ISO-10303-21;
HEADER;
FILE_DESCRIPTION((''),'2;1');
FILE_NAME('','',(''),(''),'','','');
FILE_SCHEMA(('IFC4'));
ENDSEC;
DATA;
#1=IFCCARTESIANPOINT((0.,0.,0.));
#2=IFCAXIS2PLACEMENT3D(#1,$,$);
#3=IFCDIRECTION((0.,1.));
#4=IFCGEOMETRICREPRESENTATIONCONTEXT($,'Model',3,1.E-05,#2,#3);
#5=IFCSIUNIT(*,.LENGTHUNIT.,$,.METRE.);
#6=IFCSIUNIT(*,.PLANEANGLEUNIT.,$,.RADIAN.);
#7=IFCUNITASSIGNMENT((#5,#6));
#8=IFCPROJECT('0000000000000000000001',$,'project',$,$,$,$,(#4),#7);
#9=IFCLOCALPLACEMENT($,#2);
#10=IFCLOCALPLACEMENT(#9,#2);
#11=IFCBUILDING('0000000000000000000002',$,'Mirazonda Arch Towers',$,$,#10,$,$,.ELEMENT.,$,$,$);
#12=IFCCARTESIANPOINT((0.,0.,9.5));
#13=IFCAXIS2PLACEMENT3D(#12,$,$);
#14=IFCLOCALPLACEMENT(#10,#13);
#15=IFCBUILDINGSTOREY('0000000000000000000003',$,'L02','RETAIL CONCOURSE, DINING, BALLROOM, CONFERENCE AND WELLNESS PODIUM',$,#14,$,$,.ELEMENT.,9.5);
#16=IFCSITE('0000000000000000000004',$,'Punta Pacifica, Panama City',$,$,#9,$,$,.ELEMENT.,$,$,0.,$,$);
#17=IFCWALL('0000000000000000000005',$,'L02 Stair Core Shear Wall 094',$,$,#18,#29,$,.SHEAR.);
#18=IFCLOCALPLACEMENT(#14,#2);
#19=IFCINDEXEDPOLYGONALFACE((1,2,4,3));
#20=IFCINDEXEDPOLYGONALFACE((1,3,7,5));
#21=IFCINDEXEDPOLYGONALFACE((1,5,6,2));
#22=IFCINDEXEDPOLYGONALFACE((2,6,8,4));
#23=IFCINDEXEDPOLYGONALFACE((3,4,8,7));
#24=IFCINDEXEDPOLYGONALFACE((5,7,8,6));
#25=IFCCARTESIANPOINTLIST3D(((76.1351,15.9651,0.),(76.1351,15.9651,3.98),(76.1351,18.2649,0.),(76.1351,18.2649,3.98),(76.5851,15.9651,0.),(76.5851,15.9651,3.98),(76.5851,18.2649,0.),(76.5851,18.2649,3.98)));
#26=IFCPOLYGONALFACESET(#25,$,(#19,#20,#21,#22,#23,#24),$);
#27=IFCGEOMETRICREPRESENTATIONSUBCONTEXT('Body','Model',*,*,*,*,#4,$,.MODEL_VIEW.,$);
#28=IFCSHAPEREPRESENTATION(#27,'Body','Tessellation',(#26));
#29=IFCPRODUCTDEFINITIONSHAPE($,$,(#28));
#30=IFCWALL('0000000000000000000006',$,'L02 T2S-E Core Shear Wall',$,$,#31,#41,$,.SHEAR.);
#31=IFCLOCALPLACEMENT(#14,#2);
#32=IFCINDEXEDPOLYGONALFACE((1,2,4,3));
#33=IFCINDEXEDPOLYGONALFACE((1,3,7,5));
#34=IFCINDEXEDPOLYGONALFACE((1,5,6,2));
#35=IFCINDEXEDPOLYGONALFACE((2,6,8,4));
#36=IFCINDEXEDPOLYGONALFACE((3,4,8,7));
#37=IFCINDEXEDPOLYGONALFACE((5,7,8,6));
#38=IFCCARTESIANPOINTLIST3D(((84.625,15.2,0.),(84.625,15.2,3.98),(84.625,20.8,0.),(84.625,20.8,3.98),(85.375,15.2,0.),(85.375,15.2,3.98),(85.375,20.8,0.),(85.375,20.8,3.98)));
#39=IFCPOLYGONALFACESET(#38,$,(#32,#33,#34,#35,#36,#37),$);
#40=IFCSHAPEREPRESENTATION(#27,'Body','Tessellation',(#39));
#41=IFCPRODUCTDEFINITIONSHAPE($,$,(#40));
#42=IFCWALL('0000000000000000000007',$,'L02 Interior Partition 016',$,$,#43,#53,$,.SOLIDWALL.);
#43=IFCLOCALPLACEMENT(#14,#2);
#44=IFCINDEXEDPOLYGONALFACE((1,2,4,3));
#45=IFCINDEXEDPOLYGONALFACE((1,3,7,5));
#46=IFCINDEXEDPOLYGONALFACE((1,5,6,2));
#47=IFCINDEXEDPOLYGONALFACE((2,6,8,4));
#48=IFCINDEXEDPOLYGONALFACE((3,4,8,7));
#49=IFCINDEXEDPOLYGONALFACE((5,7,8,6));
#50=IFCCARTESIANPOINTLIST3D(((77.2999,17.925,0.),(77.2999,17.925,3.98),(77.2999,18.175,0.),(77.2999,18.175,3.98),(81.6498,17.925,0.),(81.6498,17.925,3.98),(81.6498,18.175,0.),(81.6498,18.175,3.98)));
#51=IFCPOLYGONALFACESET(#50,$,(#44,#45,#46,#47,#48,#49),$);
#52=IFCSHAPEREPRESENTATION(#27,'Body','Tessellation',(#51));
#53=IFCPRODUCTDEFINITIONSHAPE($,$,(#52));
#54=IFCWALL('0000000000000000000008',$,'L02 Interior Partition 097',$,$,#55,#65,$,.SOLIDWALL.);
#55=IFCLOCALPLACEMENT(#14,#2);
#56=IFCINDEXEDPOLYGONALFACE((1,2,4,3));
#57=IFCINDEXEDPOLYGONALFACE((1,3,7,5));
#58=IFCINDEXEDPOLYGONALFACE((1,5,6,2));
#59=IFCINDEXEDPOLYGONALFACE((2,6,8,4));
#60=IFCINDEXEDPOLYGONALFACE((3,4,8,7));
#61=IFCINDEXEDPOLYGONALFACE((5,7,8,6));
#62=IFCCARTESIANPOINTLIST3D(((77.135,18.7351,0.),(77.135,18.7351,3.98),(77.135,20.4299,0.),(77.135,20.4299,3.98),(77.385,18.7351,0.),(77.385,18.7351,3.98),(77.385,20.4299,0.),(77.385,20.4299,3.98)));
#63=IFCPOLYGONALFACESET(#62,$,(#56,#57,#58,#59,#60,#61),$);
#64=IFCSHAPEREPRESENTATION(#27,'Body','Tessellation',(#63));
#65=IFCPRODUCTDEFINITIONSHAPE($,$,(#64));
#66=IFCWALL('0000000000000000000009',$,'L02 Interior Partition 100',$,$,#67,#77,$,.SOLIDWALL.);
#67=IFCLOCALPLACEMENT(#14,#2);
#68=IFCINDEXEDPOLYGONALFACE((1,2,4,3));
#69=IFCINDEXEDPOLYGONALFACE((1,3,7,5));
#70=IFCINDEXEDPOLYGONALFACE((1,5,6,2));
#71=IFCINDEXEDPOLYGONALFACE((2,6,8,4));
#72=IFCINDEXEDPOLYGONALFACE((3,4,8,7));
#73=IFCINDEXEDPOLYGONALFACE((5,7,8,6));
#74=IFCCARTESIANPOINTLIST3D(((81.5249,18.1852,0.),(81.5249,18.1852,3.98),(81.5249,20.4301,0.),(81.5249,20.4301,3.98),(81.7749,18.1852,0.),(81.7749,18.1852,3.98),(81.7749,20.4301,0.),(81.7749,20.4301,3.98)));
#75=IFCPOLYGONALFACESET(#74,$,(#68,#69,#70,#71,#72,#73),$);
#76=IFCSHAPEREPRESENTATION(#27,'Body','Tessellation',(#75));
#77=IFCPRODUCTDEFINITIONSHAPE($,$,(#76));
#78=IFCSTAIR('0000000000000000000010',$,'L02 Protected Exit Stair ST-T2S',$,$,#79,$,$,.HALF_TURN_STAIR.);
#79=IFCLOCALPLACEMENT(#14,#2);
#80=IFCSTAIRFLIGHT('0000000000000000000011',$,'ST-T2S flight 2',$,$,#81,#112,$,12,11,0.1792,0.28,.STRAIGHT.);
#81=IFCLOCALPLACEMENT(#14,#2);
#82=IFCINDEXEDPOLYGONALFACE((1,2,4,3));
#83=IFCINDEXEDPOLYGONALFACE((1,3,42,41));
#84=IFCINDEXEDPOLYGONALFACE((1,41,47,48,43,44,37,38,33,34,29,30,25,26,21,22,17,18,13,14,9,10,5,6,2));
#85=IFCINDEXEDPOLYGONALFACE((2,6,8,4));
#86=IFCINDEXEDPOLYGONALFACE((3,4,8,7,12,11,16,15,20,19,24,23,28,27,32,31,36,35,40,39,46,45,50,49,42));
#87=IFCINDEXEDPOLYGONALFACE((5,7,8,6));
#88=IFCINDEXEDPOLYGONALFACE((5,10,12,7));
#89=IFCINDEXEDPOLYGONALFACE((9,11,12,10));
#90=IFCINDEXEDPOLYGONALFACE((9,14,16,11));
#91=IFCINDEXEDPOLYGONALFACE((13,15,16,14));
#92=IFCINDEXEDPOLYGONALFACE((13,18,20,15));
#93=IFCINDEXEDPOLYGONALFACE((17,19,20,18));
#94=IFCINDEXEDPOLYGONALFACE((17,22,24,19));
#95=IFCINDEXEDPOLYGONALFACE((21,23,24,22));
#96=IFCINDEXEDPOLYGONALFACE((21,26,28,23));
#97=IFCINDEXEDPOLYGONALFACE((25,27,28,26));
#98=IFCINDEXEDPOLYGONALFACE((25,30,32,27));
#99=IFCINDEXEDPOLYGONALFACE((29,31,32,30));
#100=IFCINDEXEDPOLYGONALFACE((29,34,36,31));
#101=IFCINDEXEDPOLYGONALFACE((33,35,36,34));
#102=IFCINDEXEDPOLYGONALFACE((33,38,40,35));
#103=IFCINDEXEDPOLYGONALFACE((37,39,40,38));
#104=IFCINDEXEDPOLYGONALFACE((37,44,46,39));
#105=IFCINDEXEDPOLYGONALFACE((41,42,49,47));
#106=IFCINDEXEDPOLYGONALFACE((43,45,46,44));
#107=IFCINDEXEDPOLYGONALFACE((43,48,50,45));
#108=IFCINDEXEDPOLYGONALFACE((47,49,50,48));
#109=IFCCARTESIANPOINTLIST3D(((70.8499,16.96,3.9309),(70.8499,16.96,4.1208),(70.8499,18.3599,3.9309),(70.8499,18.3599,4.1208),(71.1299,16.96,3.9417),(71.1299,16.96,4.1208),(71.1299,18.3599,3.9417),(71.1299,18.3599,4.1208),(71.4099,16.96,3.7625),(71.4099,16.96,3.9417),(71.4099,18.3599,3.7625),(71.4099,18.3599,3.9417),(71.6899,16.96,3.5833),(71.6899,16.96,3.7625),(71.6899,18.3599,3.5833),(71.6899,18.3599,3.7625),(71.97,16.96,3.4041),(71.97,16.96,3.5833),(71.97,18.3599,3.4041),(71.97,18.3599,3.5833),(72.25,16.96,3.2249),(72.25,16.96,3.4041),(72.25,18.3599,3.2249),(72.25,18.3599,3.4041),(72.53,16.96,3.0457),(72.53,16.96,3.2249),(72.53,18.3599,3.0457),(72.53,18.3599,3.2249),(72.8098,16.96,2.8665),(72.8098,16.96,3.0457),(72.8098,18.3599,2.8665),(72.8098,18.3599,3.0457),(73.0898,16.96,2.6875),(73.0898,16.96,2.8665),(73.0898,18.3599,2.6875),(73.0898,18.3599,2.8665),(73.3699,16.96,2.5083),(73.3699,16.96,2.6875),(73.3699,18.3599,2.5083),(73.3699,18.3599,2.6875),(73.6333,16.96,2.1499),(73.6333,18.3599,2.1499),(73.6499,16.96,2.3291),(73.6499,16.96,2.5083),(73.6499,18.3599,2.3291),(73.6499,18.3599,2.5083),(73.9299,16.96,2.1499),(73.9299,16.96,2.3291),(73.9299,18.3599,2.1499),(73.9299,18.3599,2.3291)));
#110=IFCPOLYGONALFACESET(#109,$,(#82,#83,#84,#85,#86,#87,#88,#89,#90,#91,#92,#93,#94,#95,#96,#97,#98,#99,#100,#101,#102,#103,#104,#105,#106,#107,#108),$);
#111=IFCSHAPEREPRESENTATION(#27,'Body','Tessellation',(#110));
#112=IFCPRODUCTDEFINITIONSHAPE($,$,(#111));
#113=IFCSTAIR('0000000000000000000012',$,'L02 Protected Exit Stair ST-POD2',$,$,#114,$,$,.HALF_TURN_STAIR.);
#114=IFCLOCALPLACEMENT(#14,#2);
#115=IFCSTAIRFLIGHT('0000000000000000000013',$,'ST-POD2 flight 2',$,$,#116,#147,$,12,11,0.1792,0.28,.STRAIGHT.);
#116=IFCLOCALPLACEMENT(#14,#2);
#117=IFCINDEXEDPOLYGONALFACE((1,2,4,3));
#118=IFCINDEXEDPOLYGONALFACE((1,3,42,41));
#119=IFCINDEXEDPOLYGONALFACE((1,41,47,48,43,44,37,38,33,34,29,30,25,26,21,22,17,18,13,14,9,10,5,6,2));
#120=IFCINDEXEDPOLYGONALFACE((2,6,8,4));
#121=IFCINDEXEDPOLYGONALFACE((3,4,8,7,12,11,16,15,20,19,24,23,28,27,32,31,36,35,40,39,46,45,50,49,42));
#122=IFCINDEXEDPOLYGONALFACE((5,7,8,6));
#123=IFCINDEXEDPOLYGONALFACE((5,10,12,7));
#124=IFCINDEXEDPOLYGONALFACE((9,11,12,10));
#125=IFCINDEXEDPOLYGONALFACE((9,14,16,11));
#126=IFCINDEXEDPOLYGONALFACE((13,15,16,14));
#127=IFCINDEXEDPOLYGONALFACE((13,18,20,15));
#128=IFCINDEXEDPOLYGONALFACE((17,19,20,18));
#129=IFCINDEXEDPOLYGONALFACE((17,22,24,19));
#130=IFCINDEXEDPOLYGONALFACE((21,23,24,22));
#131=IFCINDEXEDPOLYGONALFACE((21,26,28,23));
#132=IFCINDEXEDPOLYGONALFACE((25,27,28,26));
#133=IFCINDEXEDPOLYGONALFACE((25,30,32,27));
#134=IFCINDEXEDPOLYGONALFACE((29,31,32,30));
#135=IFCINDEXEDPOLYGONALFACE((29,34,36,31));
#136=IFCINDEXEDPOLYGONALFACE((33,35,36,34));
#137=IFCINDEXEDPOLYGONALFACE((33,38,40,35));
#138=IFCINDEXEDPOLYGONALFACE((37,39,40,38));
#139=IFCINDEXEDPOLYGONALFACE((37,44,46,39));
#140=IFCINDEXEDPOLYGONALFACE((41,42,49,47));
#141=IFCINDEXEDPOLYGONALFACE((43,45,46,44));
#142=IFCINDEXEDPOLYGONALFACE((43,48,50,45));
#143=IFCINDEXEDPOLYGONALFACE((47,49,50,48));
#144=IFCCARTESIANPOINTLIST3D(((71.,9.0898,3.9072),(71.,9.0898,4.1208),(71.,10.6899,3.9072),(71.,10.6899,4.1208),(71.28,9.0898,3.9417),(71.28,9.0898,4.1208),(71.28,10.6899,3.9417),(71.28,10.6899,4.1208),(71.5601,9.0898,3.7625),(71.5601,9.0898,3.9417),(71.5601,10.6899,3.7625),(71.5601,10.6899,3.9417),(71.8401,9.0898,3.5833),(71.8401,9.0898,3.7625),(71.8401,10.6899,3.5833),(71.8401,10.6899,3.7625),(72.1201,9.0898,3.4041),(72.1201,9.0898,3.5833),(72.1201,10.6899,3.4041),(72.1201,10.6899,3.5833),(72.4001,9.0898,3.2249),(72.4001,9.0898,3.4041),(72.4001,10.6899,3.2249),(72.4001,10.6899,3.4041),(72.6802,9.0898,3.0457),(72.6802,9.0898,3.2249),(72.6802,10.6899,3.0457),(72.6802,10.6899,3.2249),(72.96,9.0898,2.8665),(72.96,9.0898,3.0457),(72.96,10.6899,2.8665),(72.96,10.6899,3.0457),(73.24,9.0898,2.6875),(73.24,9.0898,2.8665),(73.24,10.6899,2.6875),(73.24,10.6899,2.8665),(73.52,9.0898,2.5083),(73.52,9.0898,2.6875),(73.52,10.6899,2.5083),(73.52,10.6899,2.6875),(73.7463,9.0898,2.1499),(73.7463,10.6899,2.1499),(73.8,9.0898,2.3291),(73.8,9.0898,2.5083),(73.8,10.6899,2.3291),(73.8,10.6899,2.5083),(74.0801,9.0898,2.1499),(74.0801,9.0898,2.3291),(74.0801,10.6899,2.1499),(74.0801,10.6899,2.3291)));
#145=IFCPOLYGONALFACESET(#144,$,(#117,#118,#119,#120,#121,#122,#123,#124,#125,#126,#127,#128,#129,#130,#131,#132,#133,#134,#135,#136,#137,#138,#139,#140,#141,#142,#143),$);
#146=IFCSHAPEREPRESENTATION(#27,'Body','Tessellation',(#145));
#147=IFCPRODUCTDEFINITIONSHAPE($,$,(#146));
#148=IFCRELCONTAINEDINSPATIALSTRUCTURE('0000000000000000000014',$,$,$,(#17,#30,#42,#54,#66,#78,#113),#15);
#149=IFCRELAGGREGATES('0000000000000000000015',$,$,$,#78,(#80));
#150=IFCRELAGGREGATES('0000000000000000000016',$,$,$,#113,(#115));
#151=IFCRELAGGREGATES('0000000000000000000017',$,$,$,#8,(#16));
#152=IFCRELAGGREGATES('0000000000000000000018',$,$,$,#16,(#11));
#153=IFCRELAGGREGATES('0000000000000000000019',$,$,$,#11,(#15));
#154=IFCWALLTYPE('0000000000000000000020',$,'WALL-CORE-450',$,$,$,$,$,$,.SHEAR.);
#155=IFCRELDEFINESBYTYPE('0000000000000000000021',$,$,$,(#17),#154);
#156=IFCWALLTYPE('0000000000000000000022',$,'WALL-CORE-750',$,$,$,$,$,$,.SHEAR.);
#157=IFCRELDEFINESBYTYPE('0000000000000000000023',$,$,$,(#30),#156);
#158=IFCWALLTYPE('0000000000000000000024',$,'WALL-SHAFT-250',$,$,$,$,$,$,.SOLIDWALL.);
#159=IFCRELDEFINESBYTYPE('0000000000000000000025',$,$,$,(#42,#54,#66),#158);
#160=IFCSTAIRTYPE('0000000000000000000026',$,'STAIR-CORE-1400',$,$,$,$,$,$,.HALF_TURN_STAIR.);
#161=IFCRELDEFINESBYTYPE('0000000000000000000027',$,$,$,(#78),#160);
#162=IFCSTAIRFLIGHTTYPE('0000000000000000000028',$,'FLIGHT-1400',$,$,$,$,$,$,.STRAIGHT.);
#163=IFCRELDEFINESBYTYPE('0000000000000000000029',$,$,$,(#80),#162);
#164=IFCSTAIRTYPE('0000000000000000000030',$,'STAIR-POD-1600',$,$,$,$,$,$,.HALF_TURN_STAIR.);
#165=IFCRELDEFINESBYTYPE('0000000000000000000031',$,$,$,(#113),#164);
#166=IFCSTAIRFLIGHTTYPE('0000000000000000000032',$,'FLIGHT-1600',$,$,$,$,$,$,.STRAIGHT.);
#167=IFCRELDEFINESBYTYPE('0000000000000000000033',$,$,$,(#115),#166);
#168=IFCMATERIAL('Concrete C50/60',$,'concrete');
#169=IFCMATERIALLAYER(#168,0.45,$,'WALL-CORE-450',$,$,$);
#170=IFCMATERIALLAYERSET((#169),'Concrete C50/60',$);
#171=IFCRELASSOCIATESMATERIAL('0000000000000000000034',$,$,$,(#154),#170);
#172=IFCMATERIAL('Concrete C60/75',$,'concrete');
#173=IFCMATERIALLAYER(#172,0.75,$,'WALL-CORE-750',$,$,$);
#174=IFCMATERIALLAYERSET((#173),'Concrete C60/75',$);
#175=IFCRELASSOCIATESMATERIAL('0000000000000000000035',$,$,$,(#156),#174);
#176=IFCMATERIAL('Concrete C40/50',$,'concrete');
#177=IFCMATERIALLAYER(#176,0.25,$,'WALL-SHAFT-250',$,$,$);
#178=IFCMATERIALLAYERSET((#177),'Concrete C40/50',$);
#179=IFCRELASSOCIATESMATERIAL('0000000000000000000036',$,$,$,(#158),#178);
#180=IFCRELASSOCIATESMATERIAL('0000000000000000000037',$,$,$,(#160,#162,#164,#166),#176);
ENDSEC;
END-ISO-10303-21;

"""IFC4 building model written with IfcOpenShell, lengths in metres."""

from ifc_helpers import new_model, si_unit, direction, frame, frame_2d, origin, place, context, subcontext, project, spatial, polyline, rectangle, outline, extrude, material, layer, layer_set, type_object, element, aggregate, save


model = new_model("IFC4")

# Units and contexts
model_context = context("Model", 3, precision=1e-05, world=origin(), true_north=direction((0.0, 1.0)))
body_context = subcontext(model_context, "Body", "Model", "MODEL_VIEW")
ifc_project = project(units=[si_unit("LENGTHUNIT", "METRE"), si_unit("PLANEANGLEUNIT", "RADIAN")], contexts=[model_context])

# Site, building, storey
site_placement = place(None, origin())
site = spatial("IfcSite", under=ifc_project, at=site_placement, Name="Punta Pacifica, Panama City", CompositionType="ELEMENT", RefElevation=0.0)
building_placement = place(site_placement, origin())
building = spatial("IfcBuilding", under=site, at=building_placement, Name="Mirazonda Arch Towers", CompositionType="ELEMENT")
storey_placement = place(building_placement, frame((0.0, 0.0, 9.5)))
storey = spatial("IfcBuildingStorey", under=building, at=storey_placement, Name="L02", Description="RETAIL CONCOURSE, DINING, BALLROOM, CONFERENCE AND WELLNESS PODIUM", CompositionType="ELEMENT", Elevation=9.5)

# Shared definitions
ifc_material_1 = material(Name="Concrete C60/75", Category="concrete")

# Walls
ifc_material_2 = material(Name="Concrete C50/60", Category="concrete")
ifc_layer_1 = layer(ifc_material_2, 0.45, Name="WALL-CORE-450")
ifc_layer_set_1 = layer_set([ifc_layer_1], Name="Concrete C50/60")
wall_type_1 = type_object("IfcWallType", Name="WALL-CORE-450", PredefinedType="SHEAR", material=ifc_layer_set_1)
wall_1_placement = place(storey_placement, frame((76.3601, 15.9651, 0.0), z_axis=(0.0, 0.0, 1.0), x_axis=(0.0, 1.0, 0.0)))
element("IfcWall", 1, at=wall_1_placement, inside=storey, type_object=wall_type_1, Name="L02 Stair Core Shear Wall 094", PredefinedType="SHEAR", context=body_context, shape_type="SweptSolid", body=[
    extrude(rectangle(XDim=2.2998, YDim=0.45, at=frame_2d((1.1499, 0.0))), origin(), (0.0, 0.0, 1.0), 3.98),
])
ifc_layer_2 = layer(ifc_material_1, 0.75, Name="WALL-CORE-750")
ifc_layer_set_2 = layer_set([ifc_layer_2], Name="Concrete C60/75")
wall_type_2 = type_object("IfcWallType", Name="WALL-CORE-750", PredefinedType="SHEAR", material=ifc_layer_set_2)
wall_2_placement = place(storey_placement, frame((85.0, 15.2, 0.0), z_axis=(0.0, 0.0, 1.0), x_axis=(0.0, 1.0, 0.0)))
element("IfcWall", 2, at=wall_2_placement, inside=storey, type_object=wall_type_2, Name="L02 T2S-E Core Shear Wall", PredefinedType="SHEAR", context=body_context, shape_type="SweptSolid", body=[
    extrude(rectangle(XDim=5.6001, YDim=0.75, at=frame_2d((2.8, 0.0))), origin(), (0.0, 0.0, 1.0), 3.98),
])
ifc_material_3 = material(Name="Concrete C40/50", Category="concrete")
ifc_layer_3 = layer(ifc_material_3, 0.25, Name="WALL-SHAFT-250")
ifc_layer_set_3 = layer_set([ifc_layer_3], Name="Concrete C40/50")
wall_type_3 = type_object("IfcWallType", Name="WALL-SHAFT-250", PredefinedType="SOLIDWALL", material=ifc_layer_set_3)
wall_3_placement = place(storey_placement, frame((77.3, 18.05, 0.0), z_axis=(0.0, 0.0, 1.0), x_axis=(1.0, 0.0, 0.0)))
element("IfcWall", 3, at=wall_3_placement, inside=storey, type_object=wall_type_3, Name="L02 Interior Partition 016", PredefinedType="SOLIDWALL", context=body_context, shape_type="SweptSolid", body=[
    extrude(rectangle(XDim=4.3499, YDim=0.25, at=frame_2d((2.1748, 0.0))), origin(), (0.0, 0.0, 1.0), 3.98),
])
wall_4_placement = place(storey_placement, frame((77.26, 18.7351, 0.0), z_axis=(0.0, 0.0, 1.0), x_axis=(0.0, 1.0, 0.0)))
element("IfcWall", 4, at=wall_4_placement, inside=storey, type_object=wall_type_3, Name="L02 Interior Partition 097", PredefinedType="SOLIDWALL", context=body_context, shape_type="SweptSolid", body=[
    extrude(rectangle(XDim=1.6948, YDim=0.25, at=frame_2d((0.8474, 0.0))), origin(), (0.0, 0.0, 1.0), 3.98),
])
wall_5_placement = place(storey_placement, frame((81.6499, 18.1851, 0.0), z_axis=(0.0, 0.0, 1.0), x_axis=(0.0, 1.0, 0.0)))
element("IfcWall", 5, at=wall_5_placement, inside=storey, type_object=wall_type_3, Name="L02 Interior Partition 100", PredefinedType="SOLIDWALL", context=body_context, shape_type="SweptSolid", body=[
    extrude(rectangle(XDim=2.2449, YDim=0.25, at=frame_2d((1.1226, 0.0))), origin(), (0.0, 0.0, 1.0), 3.98),
])

# Stairs, stair flights
stair_type_1 = type_object("IfcStairType", Name="STAIR-CORE-1400", PredefinedType="HALF_TURN_STAIR", material=ifc_material_3)
stair_1_placement = place(storey_placement, origin())
stair_1 = element("IfcStair", 6, at=stair_1_placement, inside=storey, type_object=stair_type_1, Name="L02 Protected Exit Stair ST-T2S", PredefinedType="HALF_TURN_STAIR")
stair_flight_type_1 = type_object("IfcStairFlightType", Name="FLIGHT-1400", PredefinedType="STRAIGHT", material=ifc_material_3)
stair_flight_1_placement = place(storey_placement, frame((73.9299, 17.6599, 2.1499), z_axis=(0.0, 0.0, 1.0), x_axis=(-1.0, 0.0, 0.0)))
stair_flight_1 = element("IfcStairFlight", 7, at=stair_flight_1_placement, type_object=stair_flight_type_1, Name="ST-T2S flight 2", NumberOfRisers=12, NumberOfTreads=11, PredefinedType="STRAIGHT", RiserHeight=0.1792, TreadLength=0.28, context=body_context, shape_type="SweptSolid", body=[
    extrude(outline(polyline([(0.0, 0.0), (0.0, 0.1792), (0.28, 0.1792), (0.28, 0.3584), (0.5601, 0.3584), (0.5601, 0.5376), (0.8401, 0.5376), (0.8401, 0.7166), (1.1201, 0.7166), (1.1201, 0.8958), (1.3999, 0.8958), (1.3999, 1.075), (1.6799, 1.075), (1.6799, 1.2542), (1.96, 1.2542), (1.96, 1.4333), (2.24, 1.4333), (2.24, 1.6125), (2.52, 1.6125), (2.52, 1.7917), (2.8, 1.7917), (2.8, 1.9709), (3.0801, 1.9709), (3.0801, 2.1499), (3.0801, 1.781), (0.2966, 0.0), (0.0, 0.0)])), frame((0.0, 0.7, 0.0), z_axis=(0.0, -1.0, 0.0), x_axis=(1.0, 0.0, 0.0)), (0.0, 0.0, 1.0), 1.3999),
])
aggregate(stair_1, [stair_flight_1])
stair_type_2 = type_object("IfcStairType", Name="STAIR-POD-1600", PredefinedType="HALF_TURN_STAIR", material=ifc_material_3)
stair_2_placement = place(storey_placement, origin())
stair_2 = element("IfcStair", 8, at=stair_2_placement, inside=storey, type_object=stair_type_2, Name="L02 Protected Exit Stair ST-POD2", PredefinedType="HALF_TURN_STAIR")
stair_flight_type_2 = type_object("IfcStairFlightType", Name="FLIGHT-1600", PredefinedType="STRAIGHT", material=ifc_material_3)
stair_flight_2_placement = place(storey_placement, frame((74.0801, 9.8899, 2.1499), z_axis=(0.0, 0.0, 1.0), x_axis=(-1.0, 0.0, 0.0)))
stair_flight_2 = element("IfcStairFlight", 9, at=stair_flight_2_placement, type_object=stair_flight_type_2, Name="ST-POD2 flight 2", NumberOfRisers=12, NumberOfTreads=11, PredefinedType="STRAIGHT", RiserHeight=0.1792, TreadLength=0.28, context=body_context, shape_type="SweptSolid", body=[
    extrude(outline(polyline([(0.0, 0.0), (0.0, 0.1792), (0.28, 0.1792), (0.28, 0.3584), (0.5601, 0.3584), (0.5601, 0.5376), (0.8401, 0.5376), (0.8401, 0.7166), (1.1201, 0.7166), (1.1201, 0.8958), (1.3999, 0.8958), (1.3999, 1.075), (1.6799, 1.075), (1.6799, 1.2542), (1.96, 1.2542), (1.96, 1.4333), (2.24, 1.4333), (2.24, 1.6125), (2.52, 1.6125), (2.52, 1.7917), (2.8, 1.7917), (2.8, 1.9709), (3.0801, 1.9709), (3.0801, 2.1499), (3.0801, 1.7573), (0.3337, 0.0), (0.0, 0.0)])), frame((0.0, 0.8, 0.0), z_axis=(0.0, -1.0, 0.0), x_axis=(1.0, 0.0, 0.0)), (0.0, 0.0, 1.0), 1.6001),
])
aggregate(stair_2, [stair_flight_2])

save(model, "model.ifc")
